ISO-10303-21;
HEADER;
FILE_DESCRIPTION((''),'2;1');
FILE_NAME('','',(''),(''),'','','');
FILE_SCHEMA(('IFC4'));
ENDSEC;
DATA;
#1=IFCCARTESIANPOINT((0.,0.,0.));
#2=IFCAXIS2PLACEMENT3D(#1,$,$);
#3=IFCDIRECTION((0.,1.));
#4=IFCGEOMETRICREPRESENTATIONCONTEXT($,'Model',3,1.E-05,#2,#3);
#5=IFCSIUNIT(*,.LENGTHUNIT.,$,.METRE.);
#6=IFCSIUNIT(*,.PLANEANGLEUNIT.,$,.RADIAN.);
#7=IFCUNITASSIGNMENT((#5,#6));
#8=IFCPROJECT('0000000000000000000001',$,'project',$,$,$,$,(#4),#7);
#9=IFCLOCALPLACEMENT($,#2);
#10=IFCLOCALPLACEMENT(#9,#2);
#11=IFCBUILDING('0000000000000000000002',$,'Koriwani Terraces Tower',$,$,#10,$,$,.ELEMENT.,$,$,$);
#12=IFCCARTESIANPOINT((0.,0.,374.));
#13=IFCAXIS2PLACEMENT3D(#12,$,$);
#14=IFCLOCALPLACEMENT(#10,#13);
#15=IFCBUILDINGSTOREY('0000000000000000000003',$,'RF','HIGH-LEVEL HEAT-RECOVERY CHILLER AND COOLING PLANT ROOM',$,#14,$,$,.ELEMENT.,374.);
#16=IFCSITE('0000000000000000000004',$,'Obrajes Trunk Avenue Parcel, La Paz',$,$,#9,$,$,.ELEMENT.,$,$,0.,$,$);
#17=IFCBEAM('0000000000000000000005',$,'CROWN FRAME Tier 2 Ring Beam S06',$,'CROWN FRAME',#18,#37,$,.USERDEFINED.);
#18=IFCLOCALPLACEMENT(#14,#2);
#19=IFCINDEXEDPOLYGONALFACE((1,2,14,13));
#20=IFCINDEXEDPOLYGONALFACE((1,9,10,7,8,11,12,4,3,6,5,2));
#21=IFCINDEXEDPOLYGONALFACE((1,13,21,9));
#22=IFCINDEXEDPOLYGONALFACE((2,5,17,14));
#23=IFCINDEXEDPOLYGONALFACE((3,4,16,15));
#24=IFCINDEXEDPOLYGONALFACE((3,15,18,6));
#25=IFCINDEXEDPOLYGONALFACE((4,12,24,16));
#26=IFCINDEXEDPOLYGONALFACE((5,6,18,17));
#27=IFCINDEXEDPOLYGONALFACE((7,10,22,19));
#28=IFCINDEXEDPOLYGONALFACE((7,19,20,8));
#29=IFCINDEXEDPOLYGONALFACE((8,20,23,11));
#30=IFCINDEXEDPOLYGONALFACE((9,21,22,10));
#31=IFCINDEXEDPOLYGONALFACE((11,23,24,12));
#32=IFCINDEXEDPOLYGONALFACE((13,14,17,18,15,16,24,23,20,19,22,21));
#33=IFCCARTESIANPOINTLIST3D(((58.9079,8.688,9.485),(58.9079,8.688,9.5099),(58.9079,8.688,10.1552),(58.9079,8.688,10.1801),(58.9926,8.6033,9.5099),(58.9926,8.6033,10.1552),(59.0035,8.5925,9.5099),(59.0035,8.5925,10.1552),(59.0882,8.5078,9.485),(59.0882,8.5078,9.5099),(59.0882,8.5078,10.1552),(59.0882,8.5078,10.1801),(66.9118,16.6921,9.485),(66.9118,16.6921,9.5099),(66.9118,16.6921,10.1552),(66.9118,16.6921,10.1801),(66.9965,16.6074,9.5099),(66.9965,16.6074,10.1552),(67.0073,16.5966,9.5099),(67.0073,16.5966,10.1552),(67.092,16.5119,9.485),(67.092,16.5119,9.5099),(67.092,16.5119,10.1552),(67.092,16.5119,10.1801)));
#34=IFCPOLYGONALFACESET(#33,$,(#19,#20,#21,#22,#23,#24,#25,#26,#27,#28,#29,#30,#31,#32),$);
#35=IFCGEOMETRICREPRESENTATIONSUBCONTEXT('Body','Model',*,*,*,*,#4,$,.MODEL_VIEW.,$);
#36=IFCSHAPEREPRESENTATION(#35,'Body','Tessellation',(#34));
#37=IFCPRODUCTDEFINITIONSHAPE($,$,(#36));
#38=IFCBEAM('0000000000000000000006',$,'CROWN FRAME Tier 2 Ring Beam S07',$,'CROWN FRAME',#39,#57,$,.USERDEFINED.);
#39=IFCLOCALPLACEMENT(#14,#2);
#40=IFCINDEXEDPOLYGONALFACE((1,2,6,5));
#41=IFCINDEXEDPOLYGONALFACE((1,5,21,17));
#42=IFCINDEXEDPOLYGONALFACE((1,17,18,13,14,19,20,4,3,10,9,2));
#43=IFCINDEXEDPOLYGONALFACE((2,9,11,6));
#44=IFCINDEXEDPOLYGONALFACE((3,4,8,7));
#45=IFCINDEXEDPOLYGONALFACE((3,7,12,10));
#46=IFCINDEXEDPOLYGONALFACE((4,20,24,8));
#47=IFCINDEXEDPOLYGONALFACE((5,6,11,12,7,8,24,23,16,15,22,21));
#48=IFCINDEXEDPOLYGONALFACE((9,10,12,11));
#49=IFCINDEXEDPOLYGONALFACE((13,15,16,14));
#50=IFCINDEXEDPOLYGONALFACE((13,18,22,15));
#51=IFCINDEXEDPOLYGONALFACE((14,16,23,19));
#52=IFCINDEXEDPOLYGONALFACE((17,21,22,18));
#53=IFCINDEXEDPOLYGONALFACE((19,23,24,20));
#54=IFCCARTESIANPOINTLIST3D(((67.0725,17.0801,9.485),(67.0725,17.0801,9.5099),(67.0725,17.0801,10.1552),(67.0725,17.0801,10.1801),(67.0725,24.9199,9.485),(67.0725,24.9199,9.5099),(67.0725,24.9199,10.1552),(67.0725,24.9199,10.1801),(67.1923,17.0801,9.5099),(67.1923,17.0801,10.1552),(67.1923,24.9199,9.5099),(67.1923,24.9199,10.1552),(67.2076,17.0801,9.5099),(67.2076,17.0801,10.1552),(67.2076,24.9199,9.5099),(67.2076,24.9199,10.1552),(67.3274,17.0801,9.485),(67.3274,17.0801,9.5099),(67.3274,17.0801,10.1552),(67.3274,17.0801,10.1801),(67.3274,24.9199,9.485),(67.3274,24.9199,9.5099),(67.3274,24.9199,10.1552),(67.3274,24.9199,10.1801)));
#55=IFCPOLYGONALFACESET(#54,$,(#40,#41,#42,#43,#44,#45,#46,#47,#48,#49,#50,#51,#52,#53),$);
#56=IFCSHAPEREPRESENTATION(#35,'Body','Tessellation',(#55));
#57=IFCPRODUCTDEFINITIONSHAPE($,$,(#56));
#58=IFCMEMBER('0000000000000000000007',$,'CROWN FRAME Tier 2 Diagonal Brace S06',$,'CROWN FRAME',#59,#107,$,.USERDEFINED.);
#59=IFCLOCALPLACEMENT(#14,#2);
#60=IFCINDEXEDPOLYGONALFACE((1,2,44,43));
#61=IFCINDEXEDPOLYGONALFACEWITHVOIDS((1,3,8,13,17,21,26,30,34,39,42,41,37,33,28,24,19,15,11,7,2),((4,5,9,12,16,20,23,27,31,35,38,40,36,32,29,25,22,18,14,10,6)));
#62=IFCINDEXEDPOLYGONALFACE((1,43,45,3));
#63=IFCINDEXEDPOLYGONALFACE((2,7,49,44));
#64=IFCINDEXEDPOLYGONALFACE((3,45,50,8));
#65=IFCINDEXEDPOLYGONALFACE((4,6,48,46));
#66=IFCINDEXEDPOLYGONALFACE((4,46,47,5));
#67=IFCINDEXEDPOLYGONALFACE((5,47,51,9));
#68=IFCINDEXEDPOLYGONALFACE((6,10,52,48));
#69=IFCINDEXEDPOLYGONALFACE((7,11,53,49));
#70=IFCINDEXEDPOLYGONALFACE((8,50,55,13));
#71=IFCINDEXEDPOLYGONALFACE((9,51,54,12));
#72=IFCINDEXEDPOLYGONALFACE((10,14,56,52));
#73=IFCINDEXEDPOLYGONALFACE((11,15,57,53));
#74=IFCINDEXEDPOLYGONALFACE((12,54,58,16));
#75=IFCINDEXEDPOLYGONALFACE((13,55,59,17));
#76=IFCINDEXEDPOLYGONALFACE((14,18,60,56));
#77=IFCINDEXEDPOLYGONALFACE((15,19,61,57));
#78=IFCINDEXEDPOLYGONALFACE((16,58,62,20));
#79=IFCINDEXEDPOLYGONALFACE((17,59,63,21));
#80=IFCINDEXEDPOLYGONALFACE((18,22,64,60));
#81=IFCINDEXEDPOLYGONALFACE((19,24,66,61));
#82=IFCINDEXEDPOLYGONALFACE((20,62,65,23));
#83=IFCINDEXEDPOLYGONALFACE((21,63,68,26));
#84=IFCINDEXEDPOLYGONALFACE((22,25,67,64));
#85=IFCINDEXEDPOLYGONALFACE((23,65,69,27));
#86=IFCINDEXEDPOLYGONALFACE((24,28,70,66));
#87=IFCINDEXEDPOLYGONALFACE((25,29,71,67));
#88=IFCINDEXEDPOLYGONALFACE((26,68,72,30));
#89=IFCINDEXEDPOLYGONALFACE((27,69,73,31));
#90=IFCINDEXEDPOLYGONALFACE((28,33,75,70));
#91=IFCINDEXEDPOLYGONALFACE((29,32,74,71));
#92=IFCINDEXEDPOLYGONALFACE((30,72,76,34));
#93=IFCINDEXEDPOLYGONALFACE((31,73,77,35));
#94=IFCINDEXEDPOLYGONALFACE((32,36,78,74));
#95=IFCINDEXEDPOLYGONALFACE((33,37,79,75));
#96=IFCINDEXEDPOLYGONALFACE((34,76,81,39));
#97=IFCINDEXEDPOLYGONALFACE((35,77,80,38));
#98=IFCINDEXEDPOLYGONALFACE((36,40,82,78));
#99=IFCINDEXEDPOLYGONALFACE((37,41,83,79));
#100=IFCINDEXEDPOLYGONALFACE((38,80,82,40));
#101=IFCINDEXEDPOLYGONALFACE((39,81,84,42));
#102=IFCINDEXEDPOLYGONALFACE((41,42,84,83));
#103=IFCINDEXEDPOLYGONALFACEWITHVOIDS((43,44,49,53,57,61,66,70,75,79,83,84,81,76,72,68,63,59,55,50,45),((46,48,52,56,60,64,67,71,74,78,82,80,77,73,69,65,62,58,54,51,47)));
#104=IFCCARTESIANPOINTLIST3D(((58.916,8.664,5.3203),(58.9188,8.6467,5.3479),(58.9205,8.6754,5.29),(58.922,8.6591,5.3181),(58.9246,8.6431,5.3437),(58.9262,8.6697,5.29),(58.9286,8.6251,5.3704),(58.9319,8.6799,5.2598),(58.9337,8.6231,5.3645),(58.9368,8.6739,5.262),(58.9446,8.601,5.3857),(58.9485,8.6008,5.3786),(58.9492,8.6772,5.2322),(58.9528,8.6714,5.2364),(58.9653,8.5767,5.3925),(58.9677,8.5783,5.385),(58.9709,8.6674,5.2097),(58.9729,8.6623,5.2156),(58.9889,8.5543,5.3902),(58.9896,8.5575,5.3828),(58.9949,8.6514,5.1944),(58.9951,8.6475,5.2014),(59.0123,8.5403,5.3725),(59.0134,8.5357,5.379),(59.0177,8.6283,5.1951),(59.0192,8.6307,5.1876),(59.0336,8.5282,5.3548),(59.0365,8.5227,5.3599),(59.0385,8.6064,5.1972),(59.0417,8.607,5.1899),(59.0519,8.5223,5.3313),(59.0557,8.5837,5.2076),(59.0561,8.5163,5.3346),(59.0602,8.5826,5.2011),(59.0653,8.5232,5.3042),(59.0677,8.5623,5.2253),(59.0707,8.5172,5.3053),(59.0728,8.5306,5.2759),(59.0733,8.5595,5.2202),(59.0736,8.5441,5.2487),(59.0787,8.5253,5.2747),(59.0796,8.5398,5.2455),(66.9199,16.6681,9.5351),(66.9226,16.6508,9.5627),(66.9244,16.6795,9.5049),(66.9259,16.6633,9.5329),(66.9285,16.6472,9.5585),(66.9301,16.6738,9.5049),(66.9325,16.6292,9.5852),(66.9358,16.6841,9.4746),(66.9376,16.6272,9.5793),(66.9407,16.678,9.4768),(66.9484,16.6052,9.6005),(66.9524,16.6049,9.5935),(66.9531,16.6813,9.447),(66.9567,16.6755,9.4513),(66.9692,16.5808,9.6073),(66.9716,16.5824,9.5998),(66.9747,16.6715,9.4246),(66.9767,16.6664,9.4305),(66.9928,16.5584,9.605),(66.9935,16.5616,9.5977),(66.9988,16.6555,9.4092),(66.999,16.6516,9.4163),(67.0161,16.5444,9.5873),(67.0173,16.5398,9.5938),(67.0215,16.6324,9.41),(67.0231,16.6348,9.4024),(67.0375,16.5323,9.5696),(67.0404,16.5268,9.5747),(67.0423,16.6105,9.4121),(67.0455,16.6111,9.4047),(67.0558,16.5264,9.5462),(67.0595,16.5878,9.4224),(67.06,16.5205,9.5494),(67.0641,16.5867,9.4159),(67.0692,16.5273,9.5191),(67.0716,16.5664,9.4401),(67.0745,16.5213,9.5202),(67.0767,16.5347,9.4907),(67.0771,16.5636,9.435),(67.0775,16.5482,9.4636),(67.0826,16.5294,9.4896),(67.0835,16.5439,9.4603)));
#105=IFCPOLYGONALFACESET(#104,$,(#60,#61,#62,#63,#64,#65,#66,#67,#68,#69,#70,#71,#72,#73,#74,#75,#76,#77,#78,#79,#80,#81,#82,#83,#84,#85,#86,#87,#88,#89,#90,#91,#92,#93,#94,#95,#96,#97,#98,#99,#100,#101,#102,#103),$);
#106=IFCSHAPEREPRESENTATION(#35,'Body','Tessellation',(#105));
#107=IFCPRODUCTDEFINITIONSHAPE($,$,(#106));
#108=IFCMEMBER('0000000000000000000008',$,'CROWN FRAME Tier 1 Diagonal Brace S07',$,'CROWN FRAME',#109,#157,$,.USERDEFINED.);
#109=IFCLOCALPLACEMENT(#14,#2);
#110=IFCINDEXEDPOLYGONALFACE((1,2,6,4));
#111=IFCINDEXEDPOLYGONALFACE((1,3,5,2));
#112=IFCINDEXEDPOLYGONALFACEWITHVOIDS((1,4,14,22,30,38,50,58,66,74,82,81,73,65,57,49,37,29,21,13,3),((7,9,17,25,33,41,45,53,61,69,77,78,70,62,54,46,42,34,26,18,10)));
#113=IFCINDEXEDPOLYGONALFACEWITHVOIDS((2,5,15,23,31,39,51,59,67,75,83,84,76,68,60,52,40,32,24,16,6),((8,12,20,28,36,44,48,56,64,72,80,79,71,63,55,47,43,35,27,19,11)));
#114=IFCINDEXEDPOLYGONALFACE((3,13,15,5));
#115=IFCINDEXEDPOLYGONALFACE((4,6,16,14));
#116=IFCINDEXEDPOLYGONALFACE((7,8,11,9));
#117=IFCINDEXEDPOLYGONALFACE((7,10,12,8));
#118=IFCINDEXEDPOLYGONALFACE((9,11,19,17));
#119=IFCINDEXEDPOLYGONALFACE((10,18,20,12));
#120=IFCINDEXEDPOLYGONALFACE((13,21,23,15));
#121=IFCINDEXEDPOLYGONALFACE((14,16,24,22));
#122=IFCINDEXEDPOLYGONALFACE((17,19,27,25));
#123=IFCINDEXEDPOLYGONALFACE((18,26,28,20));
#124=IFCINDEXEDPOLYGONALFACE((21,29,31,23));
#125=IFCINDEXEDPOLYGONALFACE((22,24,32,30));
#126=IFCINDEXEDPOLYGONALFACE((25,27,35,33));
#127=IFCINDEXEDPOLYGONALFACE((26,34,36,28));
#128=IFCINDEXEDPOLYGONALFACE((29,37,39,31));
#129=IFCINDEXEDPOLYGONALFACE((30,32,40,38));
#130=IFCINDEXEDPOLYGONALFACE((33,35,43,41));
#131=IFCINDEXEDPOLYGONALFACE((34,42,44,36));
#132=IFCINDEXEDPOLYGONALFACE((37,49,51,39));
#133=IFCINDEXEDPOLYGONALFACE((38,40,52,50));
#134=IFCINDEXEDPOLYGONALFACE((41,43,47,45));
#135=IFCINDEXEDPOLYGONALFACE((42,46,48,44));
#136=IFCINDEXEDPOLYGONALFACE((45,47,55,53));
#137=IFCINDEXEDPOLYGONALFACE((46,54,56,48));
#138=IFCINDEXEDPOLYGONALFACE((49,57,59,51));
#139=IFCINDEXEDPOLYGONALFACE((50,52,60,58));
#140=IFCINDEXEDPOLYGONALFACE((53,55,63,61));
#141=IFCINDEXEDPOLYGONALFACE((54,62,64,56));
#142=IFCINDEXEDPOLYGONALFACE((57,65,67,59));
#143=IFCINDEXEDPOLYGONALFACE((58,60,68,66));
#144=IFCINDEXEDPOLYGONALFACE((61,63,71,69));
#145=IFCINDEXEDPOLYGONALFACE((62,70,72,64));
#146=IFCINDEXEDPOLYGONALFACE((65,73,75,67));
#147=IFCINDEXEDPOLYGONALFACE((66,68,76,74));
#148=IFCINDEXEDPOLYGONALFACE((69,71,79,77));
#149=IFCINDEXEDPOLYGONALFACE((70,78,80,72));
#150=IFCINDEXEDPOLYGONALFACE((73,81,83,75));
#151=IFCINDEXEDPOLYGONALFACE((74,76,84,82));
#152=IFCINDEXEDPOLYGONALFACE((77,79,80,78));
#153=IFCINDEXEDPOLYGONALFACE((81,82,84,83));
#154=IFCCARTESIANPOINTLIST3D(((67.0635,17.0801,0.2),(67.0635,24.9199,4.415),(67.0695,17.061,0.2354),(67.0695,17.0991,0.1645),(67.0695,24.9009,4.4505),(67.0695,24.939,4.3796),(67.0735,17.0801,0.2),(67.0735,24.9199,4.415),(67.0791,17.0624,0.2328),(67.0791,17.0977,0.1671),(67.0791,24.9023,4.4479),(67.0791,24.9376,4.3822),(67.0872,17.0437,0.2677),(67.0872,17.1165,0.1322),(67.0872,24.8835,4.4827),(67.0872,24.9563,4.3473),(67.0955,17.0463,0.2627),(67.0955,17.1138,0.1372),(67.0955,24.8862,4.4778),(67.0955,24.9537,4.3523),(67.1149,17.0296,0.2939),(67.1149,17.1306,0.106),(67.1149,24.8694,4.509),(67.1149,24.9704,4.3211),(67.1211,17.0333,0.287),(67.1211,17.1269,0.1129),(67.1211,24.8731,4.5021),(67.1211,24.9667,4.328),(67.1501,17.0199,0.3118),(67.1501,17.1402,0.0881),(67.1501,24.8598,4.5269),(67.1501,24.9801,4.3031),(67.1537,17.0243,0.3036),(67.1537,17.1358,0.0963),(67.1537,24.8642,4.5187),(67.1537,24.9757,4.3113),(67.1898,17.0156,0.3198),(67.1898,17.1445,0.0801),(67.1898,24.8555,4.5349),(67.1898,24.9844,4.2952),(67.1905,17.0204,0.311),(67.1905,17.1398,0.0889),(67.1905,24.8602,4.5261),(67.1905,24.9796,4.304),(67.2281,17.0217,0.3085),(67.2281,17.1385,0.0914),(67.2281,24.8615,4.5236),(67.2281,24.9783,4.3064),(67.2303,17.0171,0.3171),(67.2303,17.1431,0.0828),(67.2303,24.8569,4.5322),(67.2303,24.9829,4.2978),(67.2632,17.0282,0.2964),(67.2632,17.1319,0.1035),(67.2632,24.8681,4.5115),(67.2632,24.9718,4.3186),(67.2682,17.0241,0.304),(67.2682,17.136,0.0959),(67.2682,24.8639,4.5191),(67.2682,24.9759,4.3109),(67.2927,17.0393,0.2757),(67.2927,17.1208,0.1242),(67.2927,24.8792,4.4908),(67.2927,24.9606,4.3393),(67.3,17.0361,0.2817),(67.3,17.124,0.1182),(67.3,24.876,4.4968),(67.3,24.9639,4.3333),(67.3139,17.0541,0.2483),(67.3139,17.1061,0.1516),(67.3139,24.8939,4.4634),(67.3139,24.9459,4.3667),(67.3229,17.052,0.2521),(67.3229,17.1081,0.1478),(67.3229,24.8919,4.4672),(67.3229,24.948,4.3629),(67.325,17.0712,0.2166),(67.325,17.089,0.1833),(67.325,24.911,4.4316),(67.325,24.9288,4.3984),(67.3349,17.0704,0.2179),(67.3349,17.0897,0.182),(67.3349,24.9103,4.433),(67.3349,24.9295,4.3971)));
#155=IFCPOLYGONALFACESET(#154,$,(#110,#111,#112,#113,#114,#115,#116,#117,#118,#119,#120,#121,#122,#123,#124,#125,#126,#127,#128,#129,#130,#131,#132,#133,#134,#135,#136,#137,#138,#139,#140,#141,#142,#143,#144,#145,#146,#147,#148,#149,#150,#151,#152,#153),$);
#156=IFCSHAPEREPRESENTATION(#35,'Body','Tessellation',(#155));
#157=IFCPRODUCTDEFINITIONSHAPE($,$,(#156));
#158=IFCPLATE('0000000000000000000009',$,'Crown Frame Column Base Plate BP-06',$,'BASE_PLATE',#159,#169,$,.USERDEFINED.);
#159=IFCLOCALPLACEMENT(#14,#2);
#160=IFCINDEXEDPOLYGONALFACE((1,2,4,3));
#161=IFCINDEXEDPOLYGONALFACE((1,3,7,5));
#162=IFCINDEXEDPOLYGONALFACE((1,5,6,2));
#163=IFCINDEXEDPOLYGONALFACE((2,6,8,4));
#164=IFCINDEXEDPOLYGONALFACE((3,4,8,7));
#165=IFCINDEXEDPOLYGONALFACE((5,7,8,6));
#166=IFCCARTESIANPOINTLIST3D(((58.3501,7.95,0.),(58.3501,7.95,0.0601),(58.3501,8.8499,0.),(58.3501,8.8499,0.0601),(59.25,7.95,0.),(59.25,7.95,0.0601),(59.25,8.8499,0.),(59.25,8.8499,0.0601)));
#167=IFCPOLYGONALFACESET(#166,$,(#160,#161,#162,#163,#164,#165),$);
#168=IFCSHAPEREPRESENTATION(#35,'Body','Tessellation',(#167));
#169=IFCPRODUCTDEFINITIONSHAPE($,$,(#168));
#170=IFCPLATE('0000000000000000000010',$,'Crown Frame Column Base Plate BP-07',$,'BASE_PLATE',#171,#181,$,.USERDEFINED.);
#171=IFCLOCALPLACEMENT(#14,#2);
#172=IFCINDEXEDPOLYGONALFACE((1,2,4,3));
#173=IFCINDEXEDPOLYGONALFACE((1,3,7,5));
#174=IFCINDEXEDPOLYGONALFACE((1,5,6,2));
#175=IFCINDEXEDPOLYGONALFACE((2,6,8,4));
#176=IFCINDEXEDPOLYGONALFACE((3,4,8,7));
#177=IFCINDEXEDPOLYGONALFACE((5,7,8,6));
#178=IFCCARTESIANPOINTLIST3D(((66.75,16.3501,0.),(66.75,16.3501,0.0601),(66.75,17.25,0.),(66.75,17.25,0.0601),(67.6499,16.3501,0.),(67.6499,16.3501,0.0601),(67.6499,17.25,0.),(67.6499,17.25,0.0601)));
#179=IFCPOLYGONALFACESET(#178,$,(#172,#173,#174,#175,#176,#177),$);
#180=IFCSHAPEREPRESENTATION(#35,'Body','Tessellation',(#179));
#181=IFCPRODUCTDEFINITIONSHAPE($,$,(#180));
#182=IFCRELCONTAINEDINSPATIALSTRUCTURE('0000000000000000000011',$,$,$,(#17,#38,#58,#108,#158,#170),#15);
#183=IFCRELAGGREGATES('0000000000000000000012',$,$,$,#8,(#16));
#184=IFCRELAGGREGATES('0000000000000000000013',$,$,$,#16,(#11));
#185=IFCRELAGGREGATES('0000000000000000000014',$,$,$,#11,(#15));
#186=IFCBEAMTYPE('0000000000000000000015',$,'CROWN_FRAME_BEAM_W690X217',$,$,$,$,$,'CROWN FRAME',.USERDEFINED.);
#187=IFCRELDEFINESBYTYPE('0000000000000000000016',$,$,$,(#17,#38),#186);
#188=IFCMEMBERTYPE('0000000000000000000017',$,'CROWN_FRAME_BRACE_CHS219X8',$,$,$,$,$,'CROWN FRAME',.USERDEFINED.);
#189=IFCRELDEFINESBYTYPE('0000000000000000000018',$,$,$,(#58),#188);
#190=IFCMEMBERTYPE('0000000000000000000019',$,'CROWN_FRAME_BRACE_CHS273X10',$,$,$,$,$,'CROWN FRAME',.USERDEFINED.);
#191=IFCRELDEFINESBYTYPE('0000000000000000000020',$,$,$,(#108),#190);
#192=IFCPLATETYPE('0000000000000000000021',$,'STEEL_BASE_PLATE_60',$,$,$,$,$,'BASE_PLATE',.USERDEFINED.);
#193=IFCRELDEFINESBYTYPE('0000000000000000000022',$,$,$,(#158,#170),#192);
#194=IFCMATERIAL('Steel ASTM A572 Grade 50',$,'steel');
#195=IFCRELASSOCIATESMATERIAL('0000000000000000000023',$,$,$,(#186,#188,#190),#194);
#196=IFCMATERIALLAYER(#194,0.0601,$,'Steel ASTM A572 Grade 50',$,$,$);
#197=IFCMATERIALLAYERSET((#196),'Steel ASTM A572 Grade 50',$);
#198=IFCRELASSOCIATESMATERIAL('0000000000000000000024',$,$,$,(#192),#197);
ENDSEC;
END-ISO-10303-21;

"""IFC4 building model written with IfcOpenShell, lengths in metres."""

from ifc_helpers import new_model, si_unit, direction, frame, origin, origin_2d, place, context, subcontext, project, spatial, rectangle, hollow_circle, i_section, extrude, material, layer, layer_set, material_profile, profile_set, type_object, element, save


model = new_model("IFC4")

# Units and contexts
model_context = context("Model", 3, precision=1e-05, world=origin(), true_north=direction((0.0, 1.0)))
body_context = subcontext(model_context, "Body", "Model", "MODEL_VIEW")
ifc_project = project(units=[si_unit("LENGTHUNIT", "METRE"), si_unit("PLANEANGLEUNIT", "RADIAN")], contexts=[model_context])

# Site, building, storey
site_placement = place(None, origin())
site = spatial("IfcSite", under=ifc_project, at=site_placement, Name="Obrajes Trunk Avenue Parcel, La Paz", CompositionType="ELEMENT", RefElevation=0.0)
building_placement = place(site_placement, origin())
building = spatial("IfcBuilding", under=site, at=building_placement, Name="Koriwani Terraces Tower", CompositionType="ELEMENT")
storey_placement = place(building_placement, frame((0.0, 0.0, 374.0)))
storey = spatial("IfcBuildingStorey", under=building, at=storey_placement, Name="RF", Description="HIGH-LEVEL HEAT-RECOVERY CHILLER AND COOLING PLANT ROOM", CompositionType="ELEMENT", Elevation=374.0)

# Shared definitions
ifc_material_1 = material(Name="Steel ASTM A572 Grade 50", Category="steel")

# Beams
ifc_material_profile_1 = material_profile(ifc_material_1, i_section(OverallWidth=0.2549, OverallDepth=0.6951, WebThickness=0.0154, FlangeThickness=0.0249, at=origin_2d()), Name="Steel ASTM A572 Grade 50", Category="LoadBearing")
ifc_profile_set_1 = profile_set([ifc_material_profile_1], Name="Steel ASTM A572 Grade 50")
beam_type_1 = type_object("IfcBeamType", Name="CROWN_FRAME_BEAM_W690X217", ElementType="CROWN FRAME", PredefinedType="USERDEFINED", material=ifc_profile_set_1)
beam_1_placement = place(storey_placement, frame((58.998, 8.5979, 9.8325), z_axis=(0.707096, 0.707118, 0.0), x_axis=(-0.707118, 0.707096, 0.0)))
element("IfcBeam", 1, at=beam_1_placement, inside=storey, type_object=beam_type_1, Name="CROWN FRAME Tier 2 Ring Beam S06", ObjectType="CROWN FRAME", PredefinedType="USERDEFINED", context=body_context, shape_type="SweptSolid", body=[
    extrude(i_section(OverallWidth=0.2549, OverallDepth=0.6951, WebThickness=0.0154, FlangeThickness=0.0249, at=origin_2d()), origin(), (0.0, 0.0, 1.0), 11.3193),
])
beam_2_placement = place(storey_placement, frame((67.2, 17.0801, 9.8325), z_axis=(0.0, 1.0, 0.0), x_axis=(-1.0, 0.0, 0.0)))
element("IfcBeam", 2, at=beam_2_placement, inside=storey, type_object=beam_type_1, Name="CROWN FRAME Tier 2 Ring Beam S07", ObjectType="CROWN FRAME", PredefinedType="USERDEFINED", context=body_context, shape_type="SweptSolid", body=[
    extrude(i_section(OverallWidth=0.2549, OverallDepth=0.6951, WebThickness=0.0154, FlangeThickness=0.0249, at=origin_2d()), origin(), (0.0, 0.0, 1.0), 7.8398),
])

# Members
ifc_material_profile_2 = material_profile(ifc_material_1, hollow_circle(Radius=0.1096, WallThickness=0.0081, at=origin_2d()), Name="Steel ASTM A572 Grade 50", Category="LoadBearing")
ifc_profile_set_2 = profile_set([ifc_material_profile_2], Name="Steel ASTM A572 Grade 50")
member_type_1 = type_object("IfcMemberType", Name="CROWN_FRAME_BRACE_CHS219X8", ElementType="CROWN FRAME", PredefinedType="USERDEFINED", material=ifc_profile_set_2)
member_1_placement = place(storey_placement, frame((58.998, 8.5979, 5.29), z_axis=(0.662649, 0.662669, 0.34895), x_axis=(-0.707118, 0.707096, 0.0)))
element("IfcMember", 3, at=member_1_placement, inside=storey, type_object=member_type_1, Name="CROWN FRAME Tier 2 Diagonal Brace S06", ObjectType="CROWN FRAME", PredefinedType="USERDEFINED", context=body_context, shape_type="SweptSolid", body=[
    extrude(hollow_circle(Radius=0.1096, WallThickness=0.0081, at=origin_2d()), origin(), (0.0, 0.0, 1.0), 12.0786),
])
ifc_material_profile_3 = material_profile(ifc_material_1, hollow_circle(Radius=0.1365, WallThickness=0.01, at=origin_2d()), Name="Steel ASTM A572 Grade 50", Category="LoadBearing")
ifc_profile_set_3 = profile_set([ifc_material_profile_3], Name="Steel ASTM A572 Grade 50")
member_type_2 = type_object("IfcMemberType", Name="CROWN_FRAME_BRACE_CHS273X10", ElementType="CROWN FRAME", PredefinedType="USERDEFINED", material=ifc_profile_set_3)
member_2_placement = place(storey_placement, frame((67.2, 17.0801, 0.2), z_axis=(0.0, 0.880769, 0.473545), x_axis=(-1.0, 0.0, 0.0)))
element("IfcMember", 4, at=member_2_placement, inside=storey, type_object=member_type_2, Name="CROWN FRAME Tier 1 Diagonal Brace S07", ObjectType="CROWN FRAME", PredefinedType="USERDEFINED", context=body_context, shape_type="SweptSolid", body=[
    extrude(hollow_circle(Radius=0.1365, WallThickness=0.01, at=origin_2d()), origin(), (0.0, 0.0, 1.0), 8.9011),
])

# Plates
ifc_layer_1 = layer(ifc_material_1, 0.0601, Name="Steel ASTM A572 Grade 50")
ifc_layer_set_1 = layer_set([ifc_layer_1], Name="Steel ASTM A572 Grade 50")
plate_type_1 = type_object("IfcPlateType", Name="STEEL_BASE_PLATE_60", ElementType="BASE_PLATE", PredefinedType="USERDEFINED", material=ifc_layer_set_1)
for number, where, z_axis, x_axis, name in (
    (5, (58.8, 8.3999, 0.0), (0.0, 0.0, 1.0), (1.0, 0.0, 0.0), "Crown Frame Column Base Plate BP-06"),
    (6, (67.2, 16.8, 0.0), (0.0, 0.0, 1.0), (1.0, 0.0, 0.0), "Crown Frame Column Base Plate BP-07"),
):
    element("IfcPlate", number, at=place(storey_placement, frame(where, z_axis=z_axis, x_axis=x_axis)), inside=storey, type_object=plate_type_1, Name=name, ObjectType="BASE_PLATE", PredefinedType="USERDEFINED", context=body_context, shape_type="SweptSolid", body=[
        extrude(rectangle(XDim=0.8999, YDim=0.8999, at=origin_2d()), origin(), (0.0, 0.0, 1.0), 0.0601),
    ])

save(model, "model.ifc")
